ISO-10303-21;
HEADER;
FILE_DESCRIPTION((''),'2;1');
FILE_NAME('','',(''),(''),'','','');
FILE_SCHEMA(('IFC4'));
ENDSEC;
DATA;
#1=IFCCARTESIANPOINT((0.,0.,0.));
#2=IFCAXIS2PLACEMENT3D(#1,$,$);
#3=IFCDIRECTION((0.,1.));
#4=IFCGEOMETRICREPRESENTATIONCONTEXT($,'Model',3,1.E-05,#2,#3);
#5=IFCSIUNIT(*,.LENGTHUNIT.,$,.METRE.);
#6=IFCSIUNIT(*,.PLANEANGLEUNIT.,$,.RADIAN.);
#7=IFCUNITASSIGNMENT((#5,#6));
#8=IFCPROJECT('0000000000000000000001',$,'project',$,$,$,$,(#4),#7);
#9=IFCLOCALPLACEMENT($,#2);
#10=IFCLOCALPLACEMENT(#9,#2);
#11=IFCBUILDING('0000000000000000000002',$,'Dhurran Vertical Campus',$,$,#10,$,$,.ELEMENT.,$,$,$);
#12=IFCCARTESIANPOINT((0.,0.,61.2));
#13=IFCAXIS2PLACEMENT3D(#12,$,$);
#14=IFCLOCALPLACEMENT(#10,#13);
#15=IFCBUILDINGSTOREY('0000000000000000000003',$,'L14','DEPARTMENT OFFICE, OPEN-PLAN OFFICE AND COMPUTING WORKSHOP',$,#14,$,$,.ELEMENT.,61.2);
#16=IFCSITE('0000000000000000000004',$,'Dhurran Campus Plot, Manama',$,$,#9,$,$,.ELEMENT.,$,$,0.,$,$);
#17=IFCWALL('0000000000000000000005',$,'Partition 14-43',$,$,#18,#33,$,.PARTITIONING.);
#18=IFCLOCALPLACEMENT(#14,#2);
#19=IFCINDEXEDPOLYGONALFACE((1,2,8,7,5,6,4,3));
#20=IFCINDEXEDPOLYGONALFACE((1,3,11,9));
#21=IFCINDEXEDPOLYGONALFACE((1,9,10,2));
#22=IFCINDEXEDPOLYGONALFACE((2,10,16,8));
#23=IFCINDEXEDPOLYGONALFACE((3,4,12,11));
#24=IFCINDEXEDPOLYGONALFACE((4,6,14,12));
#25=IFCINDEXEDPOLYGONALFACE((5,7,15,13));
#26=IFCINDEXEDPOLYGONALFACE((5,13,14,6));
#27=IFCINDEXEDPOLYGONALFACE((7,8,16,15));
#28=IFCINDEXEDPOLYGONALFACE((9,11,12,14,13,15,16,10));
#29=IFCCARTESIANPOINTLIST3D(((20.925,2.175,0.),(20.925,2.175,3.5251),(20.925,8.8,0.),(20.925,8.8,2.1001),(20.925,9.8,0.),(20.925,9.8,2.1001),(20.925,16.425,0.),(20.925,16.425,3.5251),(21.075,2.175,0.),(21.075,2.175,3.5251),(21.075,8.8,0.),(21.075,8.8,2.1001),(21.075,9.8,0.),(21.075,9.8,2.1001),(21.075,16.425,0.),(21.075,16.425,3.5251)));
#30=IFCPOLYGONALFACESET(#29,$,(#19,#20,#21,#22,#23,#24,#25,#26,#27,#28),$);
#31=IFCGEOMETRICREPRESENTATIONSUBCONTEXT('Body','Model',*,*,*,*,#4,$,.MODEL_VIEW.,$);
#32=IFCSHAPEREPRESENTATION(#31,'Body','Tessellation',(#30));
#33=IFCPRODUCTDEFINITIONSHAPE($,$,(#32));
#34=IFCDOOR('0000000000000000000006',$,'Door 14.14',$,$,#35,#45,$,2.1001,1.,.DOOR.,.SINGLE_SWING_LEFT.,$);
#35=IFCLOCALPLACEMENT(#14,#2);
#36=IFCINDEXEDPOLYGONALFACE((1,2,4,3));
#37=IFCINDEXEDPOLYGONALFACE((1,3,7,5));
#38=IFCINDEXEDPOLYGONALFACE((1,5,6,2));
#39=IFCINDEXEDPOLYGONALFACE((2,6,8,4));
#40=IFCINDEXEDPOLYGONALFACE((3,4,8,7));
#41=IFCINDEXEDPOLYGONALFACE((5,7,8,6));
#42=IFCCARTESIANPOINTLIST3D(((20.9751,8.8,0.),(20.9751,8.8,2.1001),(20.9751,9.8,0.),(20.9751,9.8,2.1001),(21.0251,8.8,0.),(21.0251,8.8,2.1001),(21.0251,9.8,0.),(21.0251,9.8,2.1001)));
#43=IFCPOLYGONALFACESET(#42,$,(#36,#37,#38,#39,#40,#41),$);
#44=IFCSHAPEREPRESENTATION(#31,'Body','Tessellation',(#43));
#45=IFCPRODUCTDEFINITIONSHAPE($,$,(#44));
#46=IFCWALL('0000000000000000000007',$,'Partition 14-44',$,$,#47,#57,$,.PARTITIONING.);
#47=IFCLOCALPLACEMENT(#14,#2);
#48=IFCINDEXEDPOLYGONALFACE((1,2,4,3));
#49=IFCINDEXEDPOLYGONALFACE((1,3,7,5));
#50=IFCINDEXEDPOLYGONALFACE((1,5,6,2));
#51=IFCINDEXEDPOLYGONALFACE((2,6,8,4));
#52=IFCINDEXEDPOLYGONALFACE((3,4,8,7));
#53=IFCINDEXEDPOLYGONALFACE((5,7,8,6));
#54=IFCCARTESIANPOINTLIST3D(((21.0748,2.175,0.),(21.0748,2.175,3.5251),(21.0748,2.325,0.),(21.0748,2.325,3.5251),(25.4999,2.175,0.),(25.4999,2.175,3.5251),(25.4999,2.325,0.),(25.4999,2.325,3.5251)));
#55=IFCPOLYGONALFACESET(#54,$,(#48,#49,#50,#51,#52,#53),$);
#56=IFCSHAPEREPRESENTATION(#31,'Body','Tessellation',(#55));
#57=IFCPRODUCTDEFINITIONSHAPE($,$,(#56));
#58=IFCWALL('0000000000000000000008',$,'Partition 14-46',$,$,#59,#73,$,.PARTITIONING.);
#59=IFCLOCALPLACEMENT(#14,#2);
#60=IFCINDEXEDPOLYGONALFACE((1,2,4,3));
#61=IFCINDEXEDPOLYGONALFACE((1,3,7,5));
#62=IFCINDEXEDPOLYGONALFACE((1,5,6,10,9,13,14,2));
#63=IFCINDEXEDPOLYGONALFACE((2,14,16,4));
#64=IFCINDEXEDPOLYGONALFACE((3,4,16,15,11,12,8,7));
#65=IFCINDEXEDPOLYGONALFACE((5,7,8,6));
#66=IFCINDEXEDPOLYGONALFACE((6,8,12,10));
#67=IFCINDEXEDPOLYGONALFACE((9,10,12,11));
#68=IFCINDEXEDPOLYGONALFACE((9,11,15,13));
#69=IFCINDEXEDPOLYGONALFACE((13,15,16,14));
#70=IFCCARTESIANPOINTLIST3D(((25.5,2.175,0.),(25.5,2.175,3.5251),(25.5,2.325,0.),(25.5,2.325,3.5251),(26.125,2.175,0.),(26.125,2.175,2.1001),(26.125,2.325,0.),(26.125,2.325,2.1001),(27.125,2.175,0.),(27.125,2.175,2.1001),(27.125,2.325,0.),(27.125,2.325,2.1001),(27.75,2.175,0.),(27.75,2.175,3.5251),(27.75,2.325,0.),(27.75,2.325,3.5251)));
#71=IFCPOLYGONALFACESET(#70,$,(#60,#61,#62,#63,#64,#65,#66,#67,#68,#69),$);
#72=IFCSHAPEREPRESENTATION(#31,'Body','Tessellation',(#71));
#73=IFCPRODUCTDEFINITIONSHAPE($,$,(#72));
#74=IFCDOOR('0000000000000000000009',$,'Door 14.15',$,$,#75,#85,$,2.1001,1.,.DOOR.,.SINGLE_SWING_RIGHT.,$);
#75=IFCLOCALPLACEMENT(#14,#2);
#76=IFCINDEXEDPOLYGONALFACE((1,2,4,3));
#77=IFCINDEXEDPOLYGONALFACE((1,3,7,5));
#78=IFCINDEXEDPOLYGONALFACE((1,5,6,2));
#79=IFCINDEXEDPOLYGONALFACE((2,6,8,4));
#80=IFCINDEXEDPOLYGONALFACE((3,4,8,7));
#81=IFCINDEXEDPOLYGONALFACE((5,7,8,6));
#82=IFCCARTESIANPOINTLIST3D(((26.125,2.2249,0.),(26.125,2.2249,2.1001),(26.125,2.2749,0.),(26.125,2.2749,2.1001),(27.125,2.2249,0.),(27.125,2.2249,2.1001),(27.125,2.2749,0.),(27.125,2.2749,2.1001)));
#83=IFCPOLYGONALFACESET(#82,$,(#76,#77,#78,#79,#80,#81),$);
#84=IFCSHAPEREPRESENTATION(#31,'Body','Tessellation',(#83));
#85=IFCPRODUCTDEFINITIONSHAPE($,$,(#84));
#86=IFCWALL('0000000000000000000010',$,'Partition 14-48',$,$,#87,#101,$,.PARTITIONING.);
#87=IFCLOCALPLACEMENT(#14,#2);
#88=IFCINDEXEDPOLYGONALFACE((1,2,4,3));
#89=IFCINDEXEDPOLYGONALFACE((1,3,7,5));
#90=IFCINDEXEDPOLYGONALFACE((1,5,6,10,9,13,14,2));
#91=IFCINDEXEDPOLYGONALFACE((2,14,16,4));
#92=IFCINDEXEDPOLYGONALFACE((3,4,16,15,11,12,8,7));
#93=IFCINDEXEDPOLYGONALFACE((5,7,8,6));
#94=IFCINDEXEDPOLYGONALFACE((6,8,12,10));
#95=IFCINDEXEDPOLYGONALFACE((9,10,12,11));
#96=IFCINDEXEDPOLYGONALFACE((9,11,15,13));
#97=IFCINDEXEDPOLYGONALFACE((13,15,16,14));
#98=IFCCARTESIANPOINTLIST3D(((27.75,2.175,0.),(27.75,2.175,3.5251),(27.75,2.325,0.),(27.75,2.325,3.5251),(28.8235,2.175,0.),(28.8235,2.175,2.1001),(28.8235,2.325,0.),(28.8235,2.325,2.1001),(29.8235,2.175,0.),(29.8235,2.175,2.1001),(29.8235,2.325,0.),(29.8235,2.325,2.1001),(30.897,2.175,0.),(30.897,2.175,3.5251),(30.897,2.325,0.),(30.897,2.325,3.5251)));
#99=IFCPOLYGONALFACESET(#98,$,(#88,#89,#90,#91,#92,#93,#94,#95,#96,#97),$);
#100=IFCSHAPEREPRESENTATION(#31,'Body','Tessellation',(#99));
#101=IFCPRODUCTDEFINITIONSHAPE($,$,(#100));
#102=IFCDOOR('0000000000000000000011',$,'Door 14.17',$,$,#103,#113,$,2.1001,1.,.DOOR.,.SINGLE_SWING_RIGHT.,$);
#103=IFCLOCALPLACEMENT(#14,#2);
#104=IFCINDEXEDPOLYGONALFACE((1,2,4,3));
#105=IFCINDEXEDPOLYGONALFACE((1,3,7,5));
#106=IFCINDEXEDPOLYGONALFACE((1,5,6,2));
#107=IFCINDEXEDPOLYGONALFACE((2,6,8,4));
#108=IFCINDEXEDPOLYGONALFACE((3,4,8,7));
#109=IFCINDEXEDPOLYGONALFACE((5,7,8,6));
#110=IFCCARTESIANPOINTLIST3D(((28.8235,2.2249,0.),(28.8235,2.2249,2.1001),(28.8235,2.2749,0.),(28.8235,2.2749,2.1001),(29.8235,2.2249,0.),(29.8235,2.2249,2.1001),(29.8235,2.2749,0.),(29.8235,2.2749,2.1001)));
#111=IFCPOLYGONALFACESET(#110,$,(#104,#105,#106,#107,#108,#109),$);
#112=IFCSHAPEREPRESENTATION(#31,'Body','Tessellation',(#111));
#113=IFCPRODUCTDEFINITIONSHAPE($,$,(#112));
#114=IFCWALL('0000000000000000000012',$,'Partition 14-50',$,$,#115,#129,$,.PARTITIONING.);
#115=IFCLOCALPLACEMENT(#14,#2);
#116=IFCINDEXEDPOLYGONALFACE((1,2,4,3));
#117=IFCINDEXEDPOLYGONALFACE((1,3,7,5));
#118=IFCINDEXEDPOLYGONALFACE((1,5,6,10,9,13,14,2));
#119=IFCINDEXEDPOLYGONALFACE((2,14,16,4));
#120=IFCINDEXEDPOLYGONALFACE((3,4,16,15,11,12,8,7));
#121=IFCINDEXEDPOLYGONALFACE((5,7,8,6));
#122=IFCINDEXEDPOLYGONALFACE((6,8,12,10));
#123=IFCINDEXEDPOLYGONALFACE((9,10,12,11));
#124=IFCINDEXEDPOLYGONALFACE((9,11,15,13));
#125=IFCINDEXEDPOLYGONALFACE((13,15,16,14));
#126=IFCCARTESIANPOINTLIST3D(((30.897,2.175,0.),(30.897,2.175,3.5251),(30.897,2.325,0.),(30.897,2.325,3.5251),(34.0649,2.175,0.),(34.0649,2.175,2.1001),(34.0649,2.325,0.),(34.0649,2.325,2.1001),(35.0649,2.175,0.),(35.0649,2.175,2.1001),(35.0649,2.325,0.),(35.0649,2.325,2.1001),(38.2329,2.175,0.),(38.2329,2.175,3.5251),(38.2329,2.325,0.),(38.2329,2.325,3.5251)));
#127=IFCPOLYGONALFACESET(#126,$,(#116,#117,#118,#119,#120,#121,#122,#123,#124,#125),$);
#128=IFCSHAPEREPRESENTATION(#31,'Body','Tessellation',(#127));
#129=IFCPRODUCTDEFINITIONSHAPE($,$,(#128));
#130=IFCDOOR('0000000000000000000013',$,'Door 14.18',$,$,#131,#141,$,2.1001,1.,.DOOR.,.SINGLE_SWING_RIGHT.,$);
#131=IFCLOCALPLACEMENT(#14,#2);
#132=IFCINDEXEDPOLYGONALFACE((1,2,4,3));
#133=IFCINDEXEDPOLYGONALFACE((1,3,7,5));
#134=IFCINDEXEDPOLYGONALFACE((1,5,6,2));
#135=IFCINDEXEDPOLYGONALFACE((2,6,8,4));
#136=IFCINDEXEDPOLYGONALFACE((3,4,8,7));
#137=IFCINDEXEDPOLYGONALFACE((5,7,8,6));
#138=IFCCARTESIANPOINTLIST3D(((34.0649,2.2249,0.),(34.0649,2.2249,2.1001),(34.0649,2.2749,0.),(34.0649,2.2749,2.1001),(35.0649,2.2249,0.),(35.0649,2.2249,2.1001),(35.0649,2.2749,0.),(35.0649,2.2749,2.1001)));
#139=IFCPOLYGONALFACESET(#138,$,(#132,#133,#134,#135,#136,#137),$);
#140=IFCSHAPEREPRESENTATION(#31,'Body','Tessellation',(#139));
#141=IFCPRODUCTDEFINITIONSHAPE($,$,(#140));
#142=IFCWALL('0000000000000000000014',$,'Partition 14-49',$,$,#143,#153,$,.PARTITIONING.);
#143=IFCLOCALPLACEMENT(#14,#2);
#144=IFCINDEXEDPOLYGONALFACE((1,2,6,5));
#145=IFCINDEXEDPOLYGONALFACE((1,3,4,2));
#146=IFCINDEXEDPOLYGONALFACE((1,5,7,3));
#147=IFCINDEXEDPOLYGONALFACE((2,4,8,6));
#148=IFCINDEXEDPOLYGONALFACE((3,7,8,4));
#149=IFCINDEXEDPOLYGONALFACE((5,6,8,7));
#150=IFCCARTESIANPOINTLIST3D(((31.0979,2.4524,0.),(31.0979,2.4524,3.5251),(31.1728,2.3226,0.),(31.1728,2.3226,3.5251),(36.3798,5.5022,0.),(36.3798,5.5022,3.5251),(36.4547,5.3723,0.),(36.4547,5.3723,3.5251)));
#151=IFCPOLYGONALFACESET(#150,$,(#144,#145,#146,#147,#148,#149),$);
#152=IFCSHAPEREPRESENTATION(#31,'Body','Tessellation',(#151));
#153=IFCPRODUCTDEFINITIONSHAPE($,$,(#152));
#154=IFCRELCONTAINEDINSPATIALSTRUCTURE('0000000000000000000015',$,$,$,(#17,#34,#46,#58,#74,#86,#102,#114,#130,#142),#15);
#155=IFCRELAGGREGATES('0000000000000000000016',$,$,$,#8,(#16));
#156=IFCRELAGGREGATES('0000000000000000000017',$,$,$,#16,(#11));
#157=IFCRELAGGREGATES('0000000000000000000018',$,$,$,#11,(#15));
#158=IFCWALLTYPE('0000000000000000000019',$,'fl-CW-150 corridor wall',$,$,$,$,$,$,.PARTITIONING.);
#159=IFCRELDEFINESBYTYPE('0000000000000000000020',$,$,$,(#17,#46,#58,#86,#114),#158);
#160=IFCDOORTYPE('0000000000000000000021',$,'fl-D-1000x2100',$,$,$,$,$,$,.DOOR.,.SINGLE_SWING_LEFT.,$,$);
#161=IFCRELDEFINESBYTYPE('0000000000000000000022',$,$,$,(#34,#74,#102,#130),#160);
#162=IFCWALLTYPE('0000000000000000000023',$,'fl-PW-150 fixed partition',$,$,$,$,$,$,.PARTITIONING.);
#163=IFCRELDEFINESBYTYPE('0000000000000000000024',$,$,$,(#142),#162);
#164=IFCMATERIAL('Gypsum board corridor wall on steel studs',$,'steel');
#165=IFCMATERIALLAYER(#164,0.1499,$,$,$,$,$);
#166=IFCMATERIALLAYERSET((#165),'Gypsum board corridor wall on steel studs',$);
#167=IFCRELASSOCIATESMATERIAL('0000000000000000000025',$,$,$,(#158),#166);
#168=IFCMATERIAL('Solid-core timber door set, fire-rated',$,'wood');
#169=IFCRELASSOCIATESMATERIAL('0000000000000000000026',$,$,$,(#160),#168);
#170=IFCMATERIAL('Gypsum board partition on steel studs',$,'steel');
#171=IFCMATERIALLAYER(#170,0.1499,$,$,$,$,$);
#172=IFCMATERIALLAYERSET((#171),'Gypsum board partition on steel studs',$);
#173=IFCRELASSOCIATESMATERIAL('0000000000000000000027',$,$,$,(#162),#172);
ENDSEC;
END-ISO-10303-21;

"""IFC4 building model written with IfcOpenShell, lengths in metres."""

from ifc_helpers import new_model, si_unit, direction, frame, frame_2d, origin, place, context, subcontext, project, spatial, rectangle, extrude, material, layer, layer_set, type_object, element, fill, save


model = new_model("IFC4")

# Units and contexts
model_context = context("Model", 3, precision=1e-05, world=origin(), true_north=direction((0.0, 1.0)))
body_context = subcontext(model_context, "Body", "Model", "MODEL_VIEW")
ifc_project = project(units=[si_unit("LENGTHUNIT", "METRE"), si_unit("PLANEANGLEUNIT", "RADIAN")], contexts=[model_context])

# Site, building, storey
site_placement = place(None, origin())
site = spatial("IfcSite", under=ifc_project, at=site_placement, Name="Dhurran Campus Plot, Manama", CompositionType="ELEMENT", RefElevation=0.0)
building_placement = place(site_placement, origin())
building = spatial("IfcBuilding", under=site, at=building_placement, Name="Dhurran Vertical Campus", CompositionType="ELEMENT")
storey_placement = place(building_placement, frame((0.0, 0.0, 61.2)))
storey = spatial("IfcBuildingStorey", under=building, at=storey_placement, Name="L14", Description="DEPARTMENT OFFICE, OPEN-PLAN OFFICE AND COMPUTING WORKSHOP", CompositionType="ELEMENT", Elevation=61.2)

# Wall, opening, door
ifc_material_1 = material(Name="Gypsum board corridor wall on steel studs", Category="steel")
ifc_layer_1 = layer(ifc_material_1, 0.1499)
ifc_layer_set_1 = layer_set([ifc_layer_1], Name="Gypsum board corridor wall on steel studs")
wall_type_1 = type_object("IfcWallType", Name="fl-CW-150 corridor wall", PredefinedType="PARTITIONING", material=ifc_layer_set_1)
wall_1_placement = place(storey_placement, frame((21.0, 2.175, 0.0), z_axis=(0.0, 0.0, 1.0), x_axis=(0.0, 1.0, 0.0)))
wall_1 = element("IfcWall", 1, at=wall_1_placement, inside=storey, type_object=wall_type_1, Name="Partition 14-43", PredefinedType="PARTITIONING", context=body_context, shape_type="SweptSolid", body=[
    extrude(rectangle(XDim=14.25, YDim=0.1499, at=frame_2d((7.125, 0.0))), origin(), (0.0, 0.0, 1.0), 3.5251),
])
opening_1_placement = place(wall_1_placement, frame((6.625, 0.0, 0.0)))
opening_1 = element("IfcOpeningElement", 2, at=opening_1_placement, cuts=wall_1, PredefinedType="OPENING", context=body_context, shape_type="SweptSolid", body=[
    extrude(rectangle(XDim=1.0, YDim=2.1001, at=frame_2d((0.5, 1.05))), frame((0.0, 0.085, 0.0), z_axis=(0.0, -1.0, 0.0), x_axis=(1.0, 0.0, 0.0)), (0.0, 0.0, 1.0), 0.1699),
])
ifc_material_2 = material(Name="Solid-core timber door set, fire-rated", Category="wood")
door_type_1 = type_object("IfcDoorType", Name="fl-D-1000x2100", OperationType="SINGLE_SWING_LEFT", PredefinedType="DOOR", material=ifc_material_2)
door_1_placement = place(opening_1_placement, origin())
door_1 = element("IfcDoor", 3, at=door_1_placement, inside=storey, type_object=door_type_1, Name="Door 14.14", OperationType="SINGLE_SWING_LEFT", OverallHeight=2.1001, OverallWidth=1.0, PredefinedType="DOOR", context=body_context, shape_type="SweptSolid", body=[
    extrude(rectangle(XDim=1.0, YDim=2.1001, at=frame_2d((0.5, 1.05))), frame((0.0, 0.0249, 0.0), z_axis=(0.0, -1.0, 0.0), x_axis=(1.0, 0.0, 0.0)), (0.0, 0.0, 1.0), 0.05),
])
fill(opening_1, door_1)

# Wall
wall_2_placement = place(storey_placement, frame((21.075, 2.25, 0.0), z_axis=(0.0, 0.0, 1.0), x_axis=(1.0, 0.0, 0.0)))
element("IfcWall", 4, at=wall_2_placement, inside=storey, type_object=wall_type_1, Name="Partition 14-44", PredefinedType="PARTITIONING", context=body_context, shape_type="SweptSolid", body=[
    extrude(rectangle(XDim=4.425, YDim=0.1499, at=frame_2d((2.2124, 0.0))), origin(), (0.0, 0.0, 1.0), 3.5251),
])

# Walls, openings, doors
wall_3_placement = place(storey_placement, frame((25.5, 2.25, 0.0), z_axis=(0.0, 0.0, 1.0), x_axis=(1.0, 0.0, 0.0)))
wall_3 = element("IfcWall", 5, at=wall_3_placement, inside=storey, type_object=wall_type_1, Name="Partition 14-46", PredefinedType="PARTITIONING", context=body_context, shape_type="SweptSolid", body=[
    extrude(rectangle(XDim=2.25, YDim=0.1499, at=frame_2d((1.125, 0.0))), origin(), (0.0, 0.0, 1.0), 3.5251),
])
opening_2_placement = place(wall_3_placement, frame((0.625, 0.0, 0.0)))
opening_2 = element("IfcOpeningElement", 6, at=opening_2_placement, cuts=wall_3, PredefinedType="OPENING", context=body_context, shape_type="SweptSolid", body=[
    extrude(rectangle(XDim=1.0, YDim=2.1001, at=frame_2d((0.5, 1.05))), frame((0.0, 0.085, 0.0), z_axis=(0.0, -1.0, 0.0), x_axis=(1.0, 0.0, 0.0)), (0.0, 0.0, 1.0), 0.1699),
])
door_2_placement = place(opening_2_placement, origin())
door_2 = element("IfcDoor", 7, at=door_2_placement, inside=storey, type_object=door_type_1, Name="Door 14.15", OperationType="SINGLE_SWING_RIGHT", OverallHeight=2.1001, OverallWidth=1.0, PredefinedType="DOOR", context=body_context, shape_type="SweptSolid", body=[
    extrude(rectangle(XDim=1.0, YDim=2.1001, at=frame_2d((0.5, 1.05))), frame((0.0, 0.0249, 0.0), z_axis=(0.0, -1.0, 0.0), x_axis=(1.0, 0.0, 0.0)), (0.0, 0.0, 1.0), 0.05),
])
fill(opening_2, door_2)
wall_4_placement = place(storey_placement, frame((27.75, 2.25, 0.0), z_axis=(0.0, 0.0, 1.0), x_axis=(1.0, 0.0, 0.0)))
wall_4 = element("IfcWall", 8, at=wall_4_placement, inside=storey, type_object=wall_type_1, Name="Partition 14-48", PredefinedType="PARTITIONING", context=body_context, shape_type="SweptSolid", body=[
    extrude(rectangle(XDim=3.147, YDim=0.1499, at=frame_2d((1.5735, 0.0))), origin(), (0.0, 0.0, 1.0), 3.5251),
])
opening_3_placement = place(wall_4_placement, frame((1.0735, 0.0, 0.0)))
opening_3 = element("IfcOpeningElement", 9, at=opening_3_placement, cuts=wall_4, PredefinedType="OPENING", context=body_context, shape_type="SweptSolid", body=[
    extrude(rectangle(XDim=1.0, YDim=2.1001, at=frame_2d((0.5, 1.05))), frame((0.0, 0.085, 0.0), z_axis=(0.0, -1.0, 0.0), x_axis=(1.0, 0.0, 0.0)), (0.0, 0.0, 1.0), 0.1699),
])
door_3_placement = place(opening_3_placement, origin())
door_3 = element("IfcDoor", 10, at=door_3_placement, inside=storey, type_object=door_type_1, Name="Door 14.17", OperationType="SINGLE_SWING_RIGHT", OverallHeight=2.1001, OverallWidth=1.0, PredefinedType="DOOR", context=body_context, shape_type="SweptSolid", body=[
    extrude(rectangle(XDim=1.0, YDim=2.1001, at=frame_2d((0.5, 1.05))), frame((0.0, 0.0249, 0.0), z_axis=(0.0, -1.0, 0.0), x_axis=(1.0, 0.0, 0.0)), (0.0, 0.0, 1.0), 0.05),
])
fill(opening_3, door_3)
wall_5_placement = place(storey_placement, frame((30.897, 2.25, 0.0), z_axis=(0.0, 0.0, 1.0), x_axis=(1.0, 0.0, 0.0)))
wall_5 = element("IfcWall", 11, at=wall_5_placement, inside=storey, type_object=wall_type_1, Name="Partition 14-50", PredefinedType="PARTITIONING", context=body_context, shape_type="SweptSolid", body=[
    extrude(rectangle(XDim=7.3359, YDim=0.1499, at=frame_2d((3.668, 0.0))), origin(), (0.0, 0.0, 1.0), 3.5251),
])
opening_4_placement = place(wall_5_placement, frame((3.168, 0.0, 0.0)))
opening_4 = element("IfcOpeningElement", 12, at=opening_4_placement, cuts=wall_5, PredefinedType="OPENING", context=body_context, shape_type="SweptSolid", body=[
    extrude(rectangle(XDim=1.0, YDim=2.1001, at=frame_2d((0.5, 1.05))), frame((0.0, 0.085, 0.0), z_axis=(0.0, -1.0, 0.0), x_axis=(1.0, 0.0, 0.0)), (0.0, 0.0, 1.0), 0.1699),
])
door_4_placement = place(opening_4_placement, origin())
door_4 = element("IfcDoor", 13, at=door_4_placement, inside=storey, type_object=door_type_1, Name="Door 14.18", OperationType="SINGLE_SWING_RIGHT", OverallHeight=2.1001, OverallWidth=1.0, PredefinedType="DOOR", context=body_context, shape_type="SweptSolid", body=[
    extrude(rectangle(XDim=1.0, YDim=2.1001, at=frame_2d((0.5, 1.05))), frame((0.0, 0.0249, 0.0), z_axis=(0.0, -1.0, 0.0), x_axis=(1.0, 0.0, 0.0)), (0.0, 0.0, 1.0), 0.05),
])
fill(opening_4, door_4)

# Wall
ifc_material_3 = material(Name="Gypsum board partition on steel studs", Category="steel")
ifc_layer_2 = layer(ifc_material_3, 0.1499)
ifc_layer_set_2 = layer_set([ifc_layer_2], Name="Gypsum board partition on steel studs")
wall_type_2 = type_object("IfcWallType", Name="fl-PW-150 fixed partition", PredefinedType="PARTITIONING", material=ifc_layer_set_2)
wall_6_placement = place(storey_placement, frame((36.4172, 5.4373, 0.0), z_axis=(0.0, 0.0, 1.0), x_axis=(-0.866008, -0.500031, 0.0)))
element("IfcWall", 14, at=wall_6_placement, inside=storey, type_object=wall_type_2, Name="Partition 14-49", PredefinedType="PARTITIONING", context=body_context, shape_type="SweptSolid", body=[
    extrude(rectangle(XDim=6.0991, YDim=0.1499, at=frame_2d((3.0496, 0.0))), origin(), (0.0, 0.0, 1.0), 3.5251),
])

save(model, "model.ifc")
